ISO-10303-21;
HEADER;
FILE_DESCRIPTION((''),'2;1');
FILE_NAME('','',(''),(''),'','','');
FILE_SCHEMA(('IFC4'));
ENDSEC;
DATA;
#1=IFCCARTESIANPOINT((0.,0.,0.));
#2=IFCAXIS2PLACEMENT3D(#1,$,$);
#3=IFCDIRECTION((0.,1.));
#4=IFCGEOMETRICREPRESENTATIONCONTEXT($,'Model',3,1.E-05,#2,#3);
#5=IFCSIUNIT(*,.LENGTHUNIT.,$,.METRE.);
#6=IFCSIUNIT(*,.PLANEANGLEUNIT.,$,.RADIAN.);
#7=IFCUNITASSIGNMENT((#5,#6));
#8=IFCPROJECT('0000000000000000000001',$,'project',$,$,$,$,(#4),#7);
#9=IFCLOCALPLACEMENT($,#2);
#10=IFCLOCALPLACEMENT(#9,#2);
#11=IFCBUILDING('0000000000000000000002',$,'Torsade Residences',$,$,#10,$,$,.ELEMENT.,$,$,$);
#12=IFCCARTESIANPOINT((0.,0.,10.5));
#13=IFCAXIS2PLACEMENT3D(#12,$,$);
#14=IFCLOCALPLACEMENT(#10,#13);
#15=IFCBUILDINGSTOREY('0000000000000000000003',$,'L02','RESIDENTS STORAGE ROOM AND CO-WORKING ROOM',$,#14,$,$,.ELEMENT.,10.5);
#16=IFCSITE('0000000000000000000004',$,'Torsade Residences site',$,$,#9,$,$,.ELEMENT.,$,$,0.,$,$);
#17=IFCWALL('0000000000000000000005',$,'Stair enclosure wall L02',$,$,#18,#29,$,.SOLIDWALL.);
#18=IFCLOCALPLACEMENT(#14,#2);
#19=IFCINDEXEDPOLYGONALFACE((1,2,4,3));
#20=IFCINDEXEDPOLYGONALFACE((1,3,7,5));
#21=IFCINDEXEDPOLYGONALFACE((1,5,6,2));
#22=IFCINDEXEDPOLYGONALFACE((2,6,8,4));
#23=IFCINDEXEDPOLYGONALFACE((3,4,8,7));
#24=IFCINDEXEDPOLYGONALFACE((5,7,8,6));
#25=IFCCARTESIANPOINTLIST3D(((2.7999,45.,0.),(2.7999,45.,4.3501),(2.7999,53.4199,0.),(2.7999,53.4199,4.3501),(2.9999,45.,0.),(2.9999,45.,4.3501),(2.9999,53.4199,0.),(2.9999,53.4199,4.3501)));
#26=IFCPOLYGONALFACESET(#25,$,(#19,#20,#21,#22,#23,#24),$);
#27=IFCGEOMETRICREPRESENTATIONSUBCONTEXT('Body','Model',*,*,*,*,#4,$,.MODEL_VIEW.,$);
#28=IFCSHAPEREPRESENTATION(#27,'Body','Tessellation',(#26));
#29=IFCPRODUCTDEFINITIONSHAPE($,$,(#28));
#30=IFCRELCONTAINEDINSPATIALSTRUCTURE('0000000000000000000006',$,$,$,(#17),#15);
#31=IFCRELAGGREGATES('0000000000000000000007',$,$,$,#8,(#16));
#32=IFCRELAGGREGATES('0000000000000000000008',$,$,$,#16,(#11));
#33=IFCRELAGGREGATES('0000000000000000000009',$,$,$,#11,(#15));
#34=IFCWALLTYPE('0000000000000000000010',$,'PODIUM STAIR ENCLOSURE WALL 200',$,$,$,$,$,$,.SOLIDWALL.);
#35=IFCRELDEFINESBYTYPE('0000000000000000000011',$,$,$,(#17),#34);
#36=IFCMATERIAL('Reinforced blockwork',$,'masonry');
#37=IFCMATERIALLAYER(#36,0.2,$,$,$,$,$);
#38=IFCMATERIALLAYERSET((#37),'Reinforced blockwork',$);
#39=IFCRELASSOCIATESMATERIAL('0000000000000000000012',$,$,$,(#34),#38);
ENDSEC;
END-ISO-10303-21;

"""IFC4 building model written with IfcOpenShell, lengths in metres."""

from ifc_helpers import new_model, si_unit, direction, frame, frame_2d, origin, place, context, subcontext, project, spatial, rectangle, extrude, material, layer, layer_set, type_object, element, save


model = new_model("IFC4")

# Units and contexts
model_context = context("Model", 3, precision=1e-05, world=origin(), true_north=direction((0.0, 1.0)))
body_context = subcontext(model_context, "Body", "Model", "MODEL_VIEW")
ifc_project = project(units=[si_unit("LENGTHUNIT", "METRE"), si_unit("PLANEANGLEUNIT", "RADIAN")], contexts=[model_context])

# Site, building, storey
site_placement = place(None, origin())
site = spatial("IfcSite", under=ifc_project, at=site_placement, Name="Torsade Residences site", CompositionType="ELEMENT", RefElevation=0.0)
building_placement = place(site_placement, origin())
building = spatial("IfcBuilding", under=site, at=building_placement, Name="Torsade Residences", CompositionType="ELEMENT")
storey_placement = place(building_placement, frame((0.0, 0.0, 10.5)))
storey = spatial("IfcBuildingStorey", under=building, at=storey_placement, Name="L02", Description="RESIDENTS STORAGE ROOM AND CO-WORKING ROOM", CompositionType="ELEMENT", Elevation=10.5)

# Wall
ifc_material_1 = material(Name="Reinforced blockwork", Category="masonry")
ifc_layer_1 = layer(ifc_material_1, 0.2)
ifc_layer_set_1 = layer_set([ifc_layer_1], Name="Reinforced blockwork")
wall_type = type_object("IfcWallType", Name="PODIUM STAIR ENCLOSURE WALL 200", PredefinedType="SOLIDWALL", material=ifc_layer_set_1)
wall_1_placement = place(storey_placement, frame((2.8999, 53.4199, 0.0), z_axis=(0.0, 0.0, 1.0), x_axis=(0.0, -1.0, 0.0)))
element("IfcWall", 1, at=wall_1_placement, inside=storey, type_object=wall_type, Name="Stair enclosure wall L02", PredefinedType="SOLIDWALL", context=body_context, shape_type="SweptSolid", body=[
    extrude(rectangle(XDim=8.4199, YDim=0.2, at=frame_2d((4.21, 0.0))), origin(), (0.0, 0.0, 1.0), 4.3501),
])

save(model, "model.ifc")
